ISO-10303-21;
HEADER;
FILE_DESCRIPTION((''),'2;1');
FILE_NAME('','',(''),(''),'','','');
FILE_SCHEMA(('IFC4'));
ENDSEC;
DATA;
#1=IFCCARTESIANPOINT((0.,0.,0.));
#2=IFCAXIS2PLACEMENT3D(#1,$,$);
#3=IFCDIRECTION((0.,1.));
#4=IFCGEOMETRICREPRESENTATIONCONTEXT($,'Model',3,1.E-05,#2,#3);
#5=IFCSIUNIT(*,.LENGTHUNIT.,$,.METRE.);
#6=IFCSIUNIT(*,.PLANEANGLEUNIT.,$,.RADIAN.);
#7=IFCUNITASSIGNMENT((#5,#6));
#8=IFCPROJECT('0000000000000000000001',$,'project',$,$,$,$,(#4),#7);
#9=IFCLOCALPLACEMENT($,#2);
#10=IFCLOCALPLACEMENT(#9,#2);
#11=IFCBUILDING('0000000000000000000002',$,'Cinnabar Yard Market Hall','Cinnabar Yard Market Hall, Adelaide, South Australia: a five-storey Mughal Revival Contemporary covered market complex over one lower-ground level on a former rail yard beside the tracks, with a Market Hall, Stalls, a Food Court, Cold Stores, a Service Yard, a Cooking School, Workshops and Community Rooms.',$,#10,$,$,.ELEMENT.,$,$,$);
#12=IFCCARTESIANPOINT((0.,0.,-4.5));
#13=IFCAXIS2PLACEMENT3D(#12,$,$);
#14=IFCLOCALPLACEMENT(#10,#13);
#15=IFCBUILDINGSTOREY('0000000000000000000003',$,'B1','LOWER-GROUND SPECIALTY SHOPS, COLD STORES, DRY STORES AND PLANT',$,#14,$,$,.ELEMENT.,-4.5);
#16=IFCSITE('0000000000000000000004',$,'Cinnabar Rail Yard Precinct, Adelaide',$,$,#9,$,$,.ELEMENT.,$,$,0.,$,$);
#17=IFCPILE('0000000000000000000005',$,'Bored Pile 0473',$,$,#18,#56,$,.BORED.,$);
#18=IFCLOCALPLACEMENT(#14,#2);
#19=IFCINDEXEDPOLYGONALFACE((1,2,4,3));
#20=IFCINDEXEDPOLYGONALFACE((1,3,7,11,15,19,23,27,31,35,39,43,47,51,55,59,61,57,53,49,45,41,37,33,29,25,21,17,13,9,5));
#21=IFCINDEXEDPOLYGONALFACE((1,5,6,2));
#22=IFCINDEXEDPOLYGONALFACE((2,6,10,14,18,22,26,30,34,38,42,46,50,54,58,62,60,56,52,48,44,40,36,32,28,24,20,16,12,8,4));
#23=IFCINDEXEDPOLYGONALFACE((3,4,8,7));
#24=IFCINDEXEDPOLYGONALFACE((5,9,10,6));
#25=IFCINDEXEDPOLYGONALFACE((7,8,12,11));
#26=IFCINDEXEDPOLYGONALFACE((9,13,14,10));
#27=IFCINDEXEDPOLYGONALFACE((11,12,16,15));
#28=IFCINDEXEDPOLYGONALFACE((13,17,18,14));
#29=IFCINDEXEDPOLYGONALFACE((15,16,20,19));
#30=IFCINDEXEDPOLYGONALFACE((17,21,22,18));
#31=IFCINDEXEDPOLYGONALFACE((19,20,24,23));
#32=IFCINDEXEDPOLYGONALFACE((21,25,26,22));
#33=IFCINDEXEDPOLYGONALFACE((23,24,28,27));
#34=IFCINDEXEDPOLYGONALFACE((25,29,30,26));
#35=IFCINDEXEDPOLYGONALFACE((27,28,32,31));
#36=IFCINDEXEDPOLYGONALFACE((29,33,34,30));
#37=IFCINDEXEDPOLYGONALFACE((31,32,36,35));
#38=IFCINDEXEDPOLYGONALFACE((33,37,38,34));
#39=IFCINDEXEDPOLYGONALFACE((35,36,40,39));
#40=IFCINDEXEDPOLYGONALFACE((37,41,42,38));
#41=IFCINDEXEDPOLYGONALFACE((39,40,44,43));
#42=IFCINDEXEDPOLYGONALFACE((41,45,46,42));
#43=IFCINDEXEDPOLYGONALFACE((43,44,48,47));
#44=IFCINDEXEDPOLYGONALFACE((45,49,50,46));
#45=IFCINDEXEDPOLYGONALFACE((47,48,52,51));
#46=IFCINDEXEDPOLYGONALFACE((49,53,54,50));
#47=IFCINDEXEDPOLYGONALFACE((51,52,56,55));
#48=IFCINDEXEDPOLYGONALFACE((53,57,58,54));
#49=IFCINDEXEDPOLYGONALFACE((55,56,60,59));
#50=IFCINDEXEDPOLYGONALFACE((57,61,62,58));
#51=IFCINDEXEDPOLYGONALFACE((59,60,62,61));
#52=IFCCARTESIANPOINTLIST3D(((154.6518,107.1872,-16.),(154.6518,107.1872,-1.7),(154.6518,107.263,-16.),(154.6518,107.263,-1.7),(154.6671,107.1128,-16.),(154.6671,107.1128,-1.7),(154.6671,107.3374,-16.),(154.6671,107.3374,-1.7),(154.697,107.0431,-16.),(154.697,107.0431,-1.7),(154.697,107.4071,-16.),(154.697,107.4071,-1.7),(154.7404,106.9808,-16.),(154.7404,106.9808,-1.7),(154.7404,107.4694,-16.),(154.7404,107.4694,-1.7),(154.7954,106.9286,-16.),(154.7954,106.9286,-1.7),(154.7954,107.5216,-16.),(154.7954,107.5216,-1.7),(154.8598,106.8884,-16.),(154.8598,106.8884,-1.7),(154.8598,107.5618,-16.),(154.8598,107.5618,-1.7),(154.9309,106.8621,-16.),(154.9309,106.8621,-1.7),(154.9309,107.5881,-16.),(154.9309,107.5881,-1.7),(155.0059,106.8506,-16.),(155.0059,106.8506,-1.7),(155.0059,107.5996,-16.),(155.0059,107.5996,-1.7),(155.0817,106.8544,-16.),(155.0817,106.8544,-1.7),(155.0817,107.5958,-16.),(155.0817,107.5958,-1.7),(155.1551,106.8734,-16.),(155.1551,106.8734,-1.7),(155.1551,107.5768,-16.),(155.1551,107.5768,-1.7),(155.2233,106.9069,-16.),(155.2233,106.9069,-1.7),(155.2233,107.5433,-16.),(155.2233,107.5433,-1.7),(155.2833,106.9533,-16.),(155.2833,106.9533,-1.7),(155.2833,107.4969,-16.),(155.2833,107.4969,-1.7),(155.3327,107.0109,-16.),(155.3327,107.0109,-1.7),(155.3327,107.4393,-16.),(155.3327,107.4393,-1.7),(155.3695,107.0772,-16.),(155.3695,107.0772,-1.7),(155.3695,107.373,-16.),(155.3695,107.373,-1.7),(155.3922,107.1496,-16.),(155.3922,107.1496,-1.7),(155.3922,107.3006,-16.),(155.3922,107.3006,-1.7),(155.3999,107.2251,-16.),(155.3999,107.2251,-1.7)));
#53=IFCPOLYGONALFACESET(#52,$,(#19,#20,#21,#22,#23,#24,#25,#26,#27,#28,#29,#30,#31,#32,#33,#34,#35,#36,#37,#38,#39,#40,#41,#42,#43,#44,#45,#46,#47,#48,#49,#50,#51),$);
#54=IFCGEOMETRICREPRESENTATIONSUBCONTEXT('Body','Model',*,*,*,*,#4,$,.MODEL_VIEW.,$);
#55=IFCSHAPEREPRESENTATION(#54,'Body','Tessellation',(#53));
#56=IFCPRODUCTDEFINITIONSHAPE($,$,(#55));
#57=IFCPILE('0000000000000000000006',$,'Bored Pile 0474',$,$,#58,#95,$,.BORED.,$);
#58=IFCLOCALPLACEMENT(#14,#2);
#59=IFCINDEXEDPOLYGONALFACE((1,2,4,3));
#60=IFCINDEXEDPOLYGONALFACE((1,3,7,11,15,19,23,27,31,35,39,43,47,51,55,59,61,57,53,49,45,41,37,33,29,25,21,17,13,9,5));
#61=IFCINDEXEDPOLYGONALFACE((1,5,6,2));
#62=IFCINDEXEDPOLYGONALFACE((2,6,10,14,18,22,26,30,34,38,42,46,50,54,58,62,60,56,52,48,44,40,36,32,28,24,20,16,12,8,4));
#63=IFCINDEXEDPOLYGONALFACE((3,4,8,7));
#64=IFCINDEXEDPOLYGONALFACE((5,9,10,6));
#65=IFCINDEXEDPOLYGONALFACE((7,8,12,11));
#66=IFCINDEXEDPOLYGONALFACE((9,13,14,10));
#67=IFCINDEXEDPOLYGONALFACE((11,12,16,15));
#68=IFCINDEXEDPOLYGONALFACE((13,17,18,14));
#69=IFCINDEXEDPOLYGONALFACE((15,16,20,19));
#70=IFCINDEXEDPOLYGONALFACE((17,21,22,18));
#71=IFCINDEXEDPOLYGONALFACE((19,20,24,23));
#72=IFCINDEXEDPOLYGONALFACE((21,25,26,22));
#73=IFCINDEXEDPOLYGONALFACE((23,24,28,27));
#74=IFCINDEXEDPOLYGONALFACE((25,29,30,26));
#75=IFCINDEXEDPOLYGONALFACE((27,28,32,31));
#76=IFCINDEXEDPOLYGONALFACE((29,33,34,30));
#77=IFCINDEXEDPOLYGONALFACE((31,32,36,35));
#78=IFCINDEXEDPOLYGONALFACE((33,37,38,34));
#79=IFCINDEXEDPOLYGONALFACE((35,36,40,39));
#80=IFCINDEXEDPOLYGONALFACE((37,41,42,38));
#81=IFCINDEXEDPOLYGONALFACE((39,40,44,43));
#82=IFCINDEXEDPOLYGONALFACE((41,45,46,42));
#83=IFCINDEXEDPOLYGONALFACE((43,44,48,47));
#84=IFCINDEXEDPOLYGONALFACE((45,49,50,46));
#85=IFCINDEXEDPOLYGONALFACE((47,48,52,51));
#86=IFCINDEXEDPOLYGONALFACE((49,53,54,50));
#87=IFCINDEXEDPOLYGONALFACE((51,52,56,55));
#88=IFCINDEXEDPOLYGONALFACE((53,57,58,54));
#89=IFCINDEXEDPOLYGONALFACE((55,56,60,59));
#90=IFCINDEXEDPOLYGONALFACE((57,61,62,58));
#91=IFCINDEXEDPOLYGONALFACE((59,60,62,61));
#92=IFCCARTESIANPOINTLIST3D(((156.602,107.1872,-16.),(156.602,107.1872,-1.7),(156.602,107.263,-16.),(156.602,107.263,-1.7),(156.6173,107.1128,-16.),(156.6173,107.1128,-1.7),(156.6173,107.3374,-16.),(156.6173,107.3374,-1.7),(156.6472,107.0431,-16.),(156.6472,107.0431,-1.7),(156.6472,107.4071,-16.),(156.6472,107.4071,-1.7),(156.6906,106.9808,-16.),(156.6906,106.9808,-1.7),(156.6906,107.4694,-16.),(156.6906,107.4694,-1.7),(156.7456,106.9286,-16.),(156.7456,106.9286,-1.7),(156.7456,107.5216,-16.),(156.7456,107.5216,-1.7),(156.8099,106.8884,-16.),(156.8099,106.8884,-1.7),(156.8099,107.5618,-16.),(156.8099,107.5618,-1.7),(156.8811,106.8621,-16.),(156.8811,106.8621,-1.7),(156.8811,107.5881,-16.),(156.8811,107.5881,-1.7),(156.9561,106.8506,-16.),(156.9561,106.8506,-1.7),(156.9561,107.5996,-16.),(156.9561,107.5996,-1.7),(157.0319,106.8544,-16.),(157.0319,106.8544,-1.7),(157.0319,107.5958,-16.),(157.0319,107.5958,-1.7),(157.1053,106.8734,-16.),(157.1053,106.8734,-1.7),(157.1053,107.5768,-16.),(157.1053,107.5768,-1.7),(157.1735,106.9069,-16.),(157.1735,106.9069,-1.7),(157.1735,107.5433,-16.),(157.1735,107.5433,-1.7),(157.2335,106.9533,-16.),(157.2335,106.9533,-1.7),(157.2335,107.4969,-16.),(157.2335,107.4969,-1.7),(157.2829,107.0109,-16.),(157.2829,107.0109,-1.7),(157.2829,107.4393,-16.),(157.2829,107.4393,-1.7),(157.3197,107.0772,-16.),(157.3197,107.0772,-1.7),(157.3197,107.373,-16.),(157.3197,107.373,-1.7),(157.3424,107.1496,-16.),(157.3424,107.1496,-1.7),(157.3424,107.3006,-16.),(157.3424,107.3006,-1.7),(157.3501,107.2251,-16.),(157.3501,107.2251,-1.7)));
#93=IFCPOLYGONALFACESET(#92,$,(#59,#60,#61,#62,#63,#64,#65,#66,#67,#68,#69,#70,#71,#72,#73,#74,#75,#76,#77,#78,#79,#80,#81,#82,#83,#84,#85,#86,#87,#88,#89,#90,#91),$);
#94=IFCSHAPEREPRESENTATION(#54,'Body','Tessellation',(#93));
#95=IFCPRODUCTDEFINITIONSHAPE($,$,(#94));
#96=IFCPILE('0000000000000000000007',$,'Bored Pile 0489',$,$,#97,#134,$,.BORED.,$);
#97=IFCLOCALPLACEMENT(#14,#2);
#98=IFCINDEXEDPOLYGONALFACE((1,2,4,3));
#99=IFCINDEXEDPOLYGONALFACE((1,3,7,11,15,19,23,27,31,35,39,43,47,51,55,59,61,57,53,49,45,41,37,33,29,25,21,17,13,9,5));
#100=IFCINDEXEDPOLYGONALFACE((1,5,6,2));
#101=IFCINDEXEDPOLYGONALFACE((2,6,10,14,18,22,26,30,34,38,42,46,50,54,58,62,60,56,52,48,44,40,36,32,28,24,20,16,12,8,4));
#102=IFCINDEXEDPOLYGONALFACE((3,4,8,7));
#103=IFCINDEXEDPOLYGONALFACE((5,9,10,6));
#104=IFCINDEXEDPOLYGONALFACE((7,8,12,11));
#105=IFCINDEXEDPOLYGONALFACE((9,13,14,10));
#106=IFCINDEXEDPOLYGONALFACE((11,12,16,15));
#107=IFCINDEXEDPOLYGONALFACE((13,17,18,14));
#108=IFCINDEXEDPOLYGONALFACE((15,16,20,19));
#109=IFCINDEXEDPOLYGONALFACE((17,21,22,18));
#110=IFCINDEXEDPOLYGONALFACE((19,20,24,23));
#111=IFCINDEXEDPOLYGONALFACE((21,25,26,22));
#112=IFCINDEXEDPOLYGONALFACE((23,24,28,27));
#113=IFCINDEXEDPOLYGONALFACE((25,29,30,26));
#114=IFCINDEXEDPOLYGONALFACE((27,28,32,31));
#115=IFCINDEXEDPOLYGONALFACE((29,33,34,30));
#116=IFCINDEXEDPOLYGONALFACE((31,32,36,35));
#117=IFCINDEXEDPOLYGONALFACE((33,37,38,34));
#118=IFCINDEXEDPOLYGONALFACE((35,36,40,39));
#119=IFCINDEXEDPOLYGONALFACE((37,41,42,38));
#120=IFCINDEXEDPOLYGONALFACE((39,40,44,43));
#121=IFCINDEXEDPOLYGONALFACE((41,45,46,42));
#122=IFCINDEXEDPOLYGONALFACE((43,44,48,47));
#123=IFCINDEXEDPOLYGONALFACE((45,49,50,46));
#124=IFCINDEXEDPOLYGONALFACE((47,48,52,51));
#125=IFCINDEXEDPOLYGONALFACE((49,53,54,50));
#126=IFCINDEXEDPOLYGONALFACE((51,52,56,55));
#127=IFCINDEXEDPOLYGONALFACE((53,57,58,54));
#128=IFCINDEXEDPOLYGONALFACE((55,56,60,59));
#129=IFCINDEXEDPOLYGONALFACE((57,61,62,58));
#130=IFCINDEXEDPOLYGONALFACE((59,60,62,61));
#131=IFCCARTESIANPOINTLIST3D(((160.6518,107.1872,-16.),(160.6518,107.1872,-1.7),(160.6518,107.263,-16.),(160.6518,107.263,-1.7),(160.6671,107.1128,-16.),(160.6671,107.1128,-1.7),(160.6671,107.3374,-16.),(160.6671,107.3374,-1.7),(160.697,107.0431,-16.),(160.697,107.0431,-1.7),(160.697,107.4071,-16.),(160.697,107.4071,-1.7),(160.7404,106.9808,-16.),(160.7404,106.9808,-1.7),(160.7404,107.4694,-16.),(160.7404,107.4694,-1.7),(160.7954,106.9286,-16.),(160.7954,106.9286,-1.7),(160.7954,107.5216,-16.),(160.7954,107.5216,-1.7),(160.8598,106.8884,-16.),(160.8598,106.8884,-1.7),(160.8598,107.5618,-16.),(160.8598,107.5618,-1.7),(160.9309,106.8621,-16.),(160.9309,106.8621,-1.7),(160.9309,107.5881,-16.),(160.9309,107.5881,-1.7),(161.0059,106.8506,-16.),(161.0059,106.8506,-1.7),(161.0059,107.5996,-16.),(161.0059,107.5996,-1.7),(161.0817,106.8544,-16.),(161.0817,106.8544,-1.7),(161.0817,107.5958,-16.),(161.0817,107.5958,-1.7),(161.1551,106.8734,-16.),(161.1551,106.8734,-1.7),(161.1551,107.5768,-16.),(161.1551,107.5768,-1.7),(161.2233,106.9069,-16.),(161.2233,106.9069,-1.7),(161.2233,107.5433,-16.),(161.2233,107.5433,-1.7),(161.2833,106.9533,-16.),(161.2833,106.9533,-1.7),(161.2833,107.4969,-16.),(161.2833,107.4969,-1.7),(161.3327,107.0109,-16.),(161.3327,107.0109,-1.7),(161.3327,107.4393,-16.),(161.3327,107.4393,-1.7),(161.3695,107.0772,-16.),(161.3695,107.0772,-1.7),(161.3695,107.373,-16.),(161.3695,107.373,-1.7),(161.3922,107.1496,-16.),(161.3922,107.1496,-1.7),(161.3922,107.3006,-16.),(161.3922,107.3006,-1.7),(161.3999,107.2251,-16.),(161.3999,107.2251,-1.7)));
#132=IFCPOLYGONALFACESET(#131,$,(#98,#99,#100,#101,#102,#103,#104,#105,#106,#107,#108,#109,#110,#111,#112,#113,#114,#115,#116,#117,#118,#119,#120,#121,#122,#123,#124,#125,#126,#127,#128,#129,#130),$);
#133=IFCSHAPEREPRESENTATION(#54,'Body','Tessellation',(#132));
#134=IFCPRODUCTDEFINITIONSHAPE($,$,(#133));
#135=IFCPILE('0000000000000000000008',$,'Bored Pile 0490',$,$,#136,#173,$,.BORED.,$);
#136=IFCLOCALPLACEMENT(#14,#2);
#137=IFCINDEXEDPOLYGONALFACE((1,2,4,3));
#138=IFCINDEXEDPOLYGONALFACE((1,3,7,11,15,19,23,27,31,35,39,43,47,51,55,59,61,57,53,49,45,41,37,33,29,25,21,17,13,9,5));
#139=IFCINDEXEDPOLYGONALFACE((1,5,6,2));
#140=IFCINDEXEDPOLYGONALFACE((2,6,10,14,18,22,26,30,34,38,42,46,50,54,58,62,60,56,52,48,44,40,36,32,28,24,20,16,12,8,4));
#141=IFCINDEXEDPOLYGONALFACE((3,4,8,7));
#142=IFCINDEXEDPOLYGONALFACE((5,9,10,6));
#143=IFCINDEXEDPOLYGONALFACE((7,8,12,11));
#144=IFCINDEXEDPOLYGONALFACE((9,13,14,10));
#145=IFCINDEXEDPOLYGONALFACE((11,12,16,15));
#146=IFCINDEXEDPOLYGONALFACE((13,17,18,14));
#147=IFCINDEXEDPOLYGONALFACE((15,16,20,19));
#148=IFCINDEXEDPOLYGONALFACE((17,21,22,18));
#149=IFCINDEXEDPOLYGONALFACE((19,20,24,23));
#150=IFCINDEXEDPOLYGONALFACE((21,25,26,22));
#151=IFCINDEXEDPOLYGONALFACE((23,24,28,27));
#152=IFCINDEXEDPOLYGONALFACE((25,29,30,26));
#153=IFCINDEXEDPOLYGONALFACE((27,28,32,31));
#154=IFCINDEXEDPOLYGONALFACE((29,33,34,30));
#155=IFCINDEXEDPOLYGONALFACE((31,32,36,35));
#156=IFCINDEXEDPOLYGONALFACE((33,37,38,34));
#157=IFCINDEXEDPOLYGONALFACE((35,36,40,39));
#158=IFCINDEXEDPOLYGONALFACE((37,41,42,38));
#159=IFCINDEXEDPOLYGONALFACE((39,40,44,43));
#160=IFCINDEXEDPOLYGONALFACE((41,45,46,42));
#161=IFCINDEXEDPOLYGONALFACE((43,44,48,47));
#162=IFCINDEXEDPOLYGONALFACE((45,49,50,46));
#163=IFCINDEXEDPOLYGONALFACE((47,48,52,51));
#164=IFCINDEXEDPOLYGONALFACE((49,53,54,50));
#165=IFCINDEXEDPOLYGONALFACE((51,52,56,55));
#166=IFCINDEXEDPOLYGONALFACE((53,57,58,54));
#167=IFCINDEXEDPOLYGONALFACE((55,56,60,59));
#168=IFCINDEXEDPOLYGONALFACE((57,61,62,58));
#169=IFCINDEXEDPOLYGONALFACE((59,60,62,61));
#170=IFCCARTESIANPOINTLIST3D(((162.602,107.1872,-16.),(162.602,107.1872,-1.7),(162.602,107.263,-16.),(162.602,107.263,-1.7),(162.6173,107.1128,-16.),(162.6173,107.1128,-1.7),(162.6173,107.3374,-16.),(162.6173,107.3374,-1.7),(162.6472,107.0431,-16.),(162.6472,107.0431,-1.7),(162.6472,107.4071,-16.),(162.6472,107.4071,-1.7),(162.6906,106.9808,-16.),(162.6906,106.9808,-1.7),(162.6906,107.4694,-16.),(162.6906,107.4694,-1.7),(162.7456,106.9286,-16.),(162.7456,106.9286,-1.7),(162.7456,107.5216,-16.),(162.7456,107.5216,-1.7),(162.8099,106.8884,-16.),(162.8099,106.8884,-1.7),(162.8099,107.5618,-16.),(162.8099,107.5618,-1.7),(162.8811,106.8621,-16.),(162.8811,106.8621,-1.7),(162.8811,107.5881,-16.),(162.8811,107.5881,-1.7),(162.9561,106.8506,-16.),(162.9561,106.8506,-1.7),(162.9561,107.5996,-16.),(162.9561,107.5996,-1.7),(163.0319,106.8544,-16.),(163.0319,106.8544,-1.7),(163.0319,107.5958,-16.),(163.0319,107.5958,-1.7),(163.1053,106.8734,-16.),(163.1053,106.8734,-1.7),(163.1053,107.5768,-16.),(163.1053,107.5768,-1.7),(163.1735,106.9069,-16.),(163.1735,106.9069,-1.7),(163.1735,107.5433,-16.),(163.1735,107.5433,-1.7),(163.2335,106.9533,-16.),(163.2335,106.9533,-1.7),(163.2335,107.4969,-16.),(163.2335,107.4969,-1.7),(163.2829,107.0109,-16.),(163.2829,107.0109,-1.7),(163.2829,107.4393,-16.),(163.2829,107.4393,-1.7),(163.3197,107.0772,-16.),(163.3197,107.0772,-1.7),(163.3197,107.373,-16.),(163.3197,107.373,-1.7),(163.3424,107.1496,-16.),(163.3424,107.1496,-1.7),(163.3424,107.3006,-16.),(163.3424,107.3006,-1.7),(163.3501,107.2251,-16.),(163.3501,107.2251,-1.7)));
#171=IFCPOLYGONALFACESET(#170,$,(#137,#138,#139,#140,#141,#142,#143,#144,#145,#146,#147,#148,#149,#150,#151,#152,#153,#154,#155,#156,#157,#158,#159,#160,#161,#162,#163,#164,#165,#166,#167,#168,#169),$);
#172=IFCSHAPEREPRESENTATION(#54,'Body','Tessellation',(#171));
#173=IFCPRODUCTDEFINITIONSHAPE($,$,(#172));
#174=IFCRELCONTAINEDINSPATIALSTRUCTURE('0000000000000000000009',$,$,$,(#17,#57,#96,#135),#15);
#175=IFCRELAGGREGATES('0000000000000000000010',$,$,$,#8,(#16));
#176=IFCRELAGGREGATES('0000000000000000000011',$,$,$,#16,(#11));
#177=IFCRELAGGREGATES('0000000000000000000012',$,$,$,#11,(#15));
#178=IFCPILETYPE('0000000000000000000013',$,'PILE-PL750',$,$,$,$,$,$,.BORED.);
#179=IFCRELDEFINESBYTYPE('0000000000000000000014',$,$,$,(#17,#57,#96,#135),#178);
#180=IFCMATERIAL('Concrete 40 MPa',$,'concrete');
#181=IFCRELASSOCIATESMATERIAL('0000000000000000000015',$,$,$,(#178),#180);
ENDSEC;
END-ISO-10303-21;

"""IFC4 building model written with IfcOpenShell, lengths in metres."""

from ifc_helpers import new_model, si_unit, direction, frame, origin, origin_2d_with_axis, place, context, subcontext, project, spatial, circle, extrude, material, material_profile, profile_set, type_object, element, save


model = new_model("IFC4")

# Units and contexts
model_context = context("Model", 3, precision=1e-05, world=origin(), true_north=direction((0.0, 1.0)))
body_context = subcontext(model_context, "Body", "Model", "MODEL_VIEW")
ifc_project = project(units=[si_unit("LENGTHUNIT", "METRE"), si_unit("PLANEANGLEUNIT", "RADIAN")], contexts=[model_context])

# Site, building, storey
site_placement = place(None, origin())
site = spatial("IfcSite", under=ifc_project, at=site_placement, Name="Cinnabar Rail Yard Precinct, Adelaide", CompositionType="ELEMENT", RefElevation=0.0)
building_placement = place(site_placement, origin())
building = spatial("IfcBuilding", under=site, at=building_placement, Name="Cinnabar Yard Market Hall", Description="Cinnabar Yard Market Hall, Adelaide, South Australia: a five-storey Mughal Revival Contemporary covered market complex over one lower-ground level on a former rail yard beside the tracks, with a Market Hall, Stalls, a Food Court, Cold Stores, a Service Yard, a Cooking School, Workshops and Community Rooms.", CompositionType="ELEMENT")
storey_placement = place(building_placement, frame((0.0, 0.0, -4.5)))
storey = spatial("IfcBuildingStorey", under=building, at=storey_placement, Name="B1", Description="LOWER-GROUND SPECIALTY SHOPS, COLD STORES, DRY STORES AND PLANT", CompositionType="ELEMENT", Elevation=-4.5)

# Shared definitions
ifc_material_1 = material(Name="Concrete 40 MPa", Category="concrete")

# Piles
ifc_material_profile_1 = material_profile(ifc_material_1, circle(Radius=0.375, at=origin_2d_with_axis()), Name="PILE-D750")
ifc_profile_set_1 = profile_set([ifc_material_profile_1], Name="Concrete 40 MPa")
pile_type = type_object("IfcPileType", Name="PILE-PL750", PredefinedType="BORED", material=ifc_profile_set_1)
for number, where, z_axis, x_axis, name in (
    (1, (155.0249, 107.2251, -1.7), (0.0, 0.0, -1.0), (1.0, 0.0, 0.0), "Bored Pile 0473"),
    (2, (156.9751, 107.2251, -1.7), (0.0, 0.0, -1.0), (1.0, 0.0, 0.0), "Bored Pile 0474"),
    (3, (161.0249, 107.2251, -1.7), (0.0, 0.0, -1.0), (1.0, 0.0, 0.0), "Bored Pile 0489"),
    (4, (162.9751, 107.2251, -1.7), (0.0, 0.0, -1.0), (1.0, 0.0, 0.0), "Bored Pile 0490"),
):
    element("IfcPile", number, at=place(storey_placement, frame(where, z_axis=z_axis, x_axis=x_axis)), inside=storey, type_object=pile_type, Name=name, PredefinedType="BORED", context=body_context, shape_type="SweptSolid", body=[
        extrude(circle(Radius=0.375, at=origin_2d_with_axis()), origin(), (0.0, 0.0, 1.0), 14.3),
    ])

save(model, "model.ifc")
